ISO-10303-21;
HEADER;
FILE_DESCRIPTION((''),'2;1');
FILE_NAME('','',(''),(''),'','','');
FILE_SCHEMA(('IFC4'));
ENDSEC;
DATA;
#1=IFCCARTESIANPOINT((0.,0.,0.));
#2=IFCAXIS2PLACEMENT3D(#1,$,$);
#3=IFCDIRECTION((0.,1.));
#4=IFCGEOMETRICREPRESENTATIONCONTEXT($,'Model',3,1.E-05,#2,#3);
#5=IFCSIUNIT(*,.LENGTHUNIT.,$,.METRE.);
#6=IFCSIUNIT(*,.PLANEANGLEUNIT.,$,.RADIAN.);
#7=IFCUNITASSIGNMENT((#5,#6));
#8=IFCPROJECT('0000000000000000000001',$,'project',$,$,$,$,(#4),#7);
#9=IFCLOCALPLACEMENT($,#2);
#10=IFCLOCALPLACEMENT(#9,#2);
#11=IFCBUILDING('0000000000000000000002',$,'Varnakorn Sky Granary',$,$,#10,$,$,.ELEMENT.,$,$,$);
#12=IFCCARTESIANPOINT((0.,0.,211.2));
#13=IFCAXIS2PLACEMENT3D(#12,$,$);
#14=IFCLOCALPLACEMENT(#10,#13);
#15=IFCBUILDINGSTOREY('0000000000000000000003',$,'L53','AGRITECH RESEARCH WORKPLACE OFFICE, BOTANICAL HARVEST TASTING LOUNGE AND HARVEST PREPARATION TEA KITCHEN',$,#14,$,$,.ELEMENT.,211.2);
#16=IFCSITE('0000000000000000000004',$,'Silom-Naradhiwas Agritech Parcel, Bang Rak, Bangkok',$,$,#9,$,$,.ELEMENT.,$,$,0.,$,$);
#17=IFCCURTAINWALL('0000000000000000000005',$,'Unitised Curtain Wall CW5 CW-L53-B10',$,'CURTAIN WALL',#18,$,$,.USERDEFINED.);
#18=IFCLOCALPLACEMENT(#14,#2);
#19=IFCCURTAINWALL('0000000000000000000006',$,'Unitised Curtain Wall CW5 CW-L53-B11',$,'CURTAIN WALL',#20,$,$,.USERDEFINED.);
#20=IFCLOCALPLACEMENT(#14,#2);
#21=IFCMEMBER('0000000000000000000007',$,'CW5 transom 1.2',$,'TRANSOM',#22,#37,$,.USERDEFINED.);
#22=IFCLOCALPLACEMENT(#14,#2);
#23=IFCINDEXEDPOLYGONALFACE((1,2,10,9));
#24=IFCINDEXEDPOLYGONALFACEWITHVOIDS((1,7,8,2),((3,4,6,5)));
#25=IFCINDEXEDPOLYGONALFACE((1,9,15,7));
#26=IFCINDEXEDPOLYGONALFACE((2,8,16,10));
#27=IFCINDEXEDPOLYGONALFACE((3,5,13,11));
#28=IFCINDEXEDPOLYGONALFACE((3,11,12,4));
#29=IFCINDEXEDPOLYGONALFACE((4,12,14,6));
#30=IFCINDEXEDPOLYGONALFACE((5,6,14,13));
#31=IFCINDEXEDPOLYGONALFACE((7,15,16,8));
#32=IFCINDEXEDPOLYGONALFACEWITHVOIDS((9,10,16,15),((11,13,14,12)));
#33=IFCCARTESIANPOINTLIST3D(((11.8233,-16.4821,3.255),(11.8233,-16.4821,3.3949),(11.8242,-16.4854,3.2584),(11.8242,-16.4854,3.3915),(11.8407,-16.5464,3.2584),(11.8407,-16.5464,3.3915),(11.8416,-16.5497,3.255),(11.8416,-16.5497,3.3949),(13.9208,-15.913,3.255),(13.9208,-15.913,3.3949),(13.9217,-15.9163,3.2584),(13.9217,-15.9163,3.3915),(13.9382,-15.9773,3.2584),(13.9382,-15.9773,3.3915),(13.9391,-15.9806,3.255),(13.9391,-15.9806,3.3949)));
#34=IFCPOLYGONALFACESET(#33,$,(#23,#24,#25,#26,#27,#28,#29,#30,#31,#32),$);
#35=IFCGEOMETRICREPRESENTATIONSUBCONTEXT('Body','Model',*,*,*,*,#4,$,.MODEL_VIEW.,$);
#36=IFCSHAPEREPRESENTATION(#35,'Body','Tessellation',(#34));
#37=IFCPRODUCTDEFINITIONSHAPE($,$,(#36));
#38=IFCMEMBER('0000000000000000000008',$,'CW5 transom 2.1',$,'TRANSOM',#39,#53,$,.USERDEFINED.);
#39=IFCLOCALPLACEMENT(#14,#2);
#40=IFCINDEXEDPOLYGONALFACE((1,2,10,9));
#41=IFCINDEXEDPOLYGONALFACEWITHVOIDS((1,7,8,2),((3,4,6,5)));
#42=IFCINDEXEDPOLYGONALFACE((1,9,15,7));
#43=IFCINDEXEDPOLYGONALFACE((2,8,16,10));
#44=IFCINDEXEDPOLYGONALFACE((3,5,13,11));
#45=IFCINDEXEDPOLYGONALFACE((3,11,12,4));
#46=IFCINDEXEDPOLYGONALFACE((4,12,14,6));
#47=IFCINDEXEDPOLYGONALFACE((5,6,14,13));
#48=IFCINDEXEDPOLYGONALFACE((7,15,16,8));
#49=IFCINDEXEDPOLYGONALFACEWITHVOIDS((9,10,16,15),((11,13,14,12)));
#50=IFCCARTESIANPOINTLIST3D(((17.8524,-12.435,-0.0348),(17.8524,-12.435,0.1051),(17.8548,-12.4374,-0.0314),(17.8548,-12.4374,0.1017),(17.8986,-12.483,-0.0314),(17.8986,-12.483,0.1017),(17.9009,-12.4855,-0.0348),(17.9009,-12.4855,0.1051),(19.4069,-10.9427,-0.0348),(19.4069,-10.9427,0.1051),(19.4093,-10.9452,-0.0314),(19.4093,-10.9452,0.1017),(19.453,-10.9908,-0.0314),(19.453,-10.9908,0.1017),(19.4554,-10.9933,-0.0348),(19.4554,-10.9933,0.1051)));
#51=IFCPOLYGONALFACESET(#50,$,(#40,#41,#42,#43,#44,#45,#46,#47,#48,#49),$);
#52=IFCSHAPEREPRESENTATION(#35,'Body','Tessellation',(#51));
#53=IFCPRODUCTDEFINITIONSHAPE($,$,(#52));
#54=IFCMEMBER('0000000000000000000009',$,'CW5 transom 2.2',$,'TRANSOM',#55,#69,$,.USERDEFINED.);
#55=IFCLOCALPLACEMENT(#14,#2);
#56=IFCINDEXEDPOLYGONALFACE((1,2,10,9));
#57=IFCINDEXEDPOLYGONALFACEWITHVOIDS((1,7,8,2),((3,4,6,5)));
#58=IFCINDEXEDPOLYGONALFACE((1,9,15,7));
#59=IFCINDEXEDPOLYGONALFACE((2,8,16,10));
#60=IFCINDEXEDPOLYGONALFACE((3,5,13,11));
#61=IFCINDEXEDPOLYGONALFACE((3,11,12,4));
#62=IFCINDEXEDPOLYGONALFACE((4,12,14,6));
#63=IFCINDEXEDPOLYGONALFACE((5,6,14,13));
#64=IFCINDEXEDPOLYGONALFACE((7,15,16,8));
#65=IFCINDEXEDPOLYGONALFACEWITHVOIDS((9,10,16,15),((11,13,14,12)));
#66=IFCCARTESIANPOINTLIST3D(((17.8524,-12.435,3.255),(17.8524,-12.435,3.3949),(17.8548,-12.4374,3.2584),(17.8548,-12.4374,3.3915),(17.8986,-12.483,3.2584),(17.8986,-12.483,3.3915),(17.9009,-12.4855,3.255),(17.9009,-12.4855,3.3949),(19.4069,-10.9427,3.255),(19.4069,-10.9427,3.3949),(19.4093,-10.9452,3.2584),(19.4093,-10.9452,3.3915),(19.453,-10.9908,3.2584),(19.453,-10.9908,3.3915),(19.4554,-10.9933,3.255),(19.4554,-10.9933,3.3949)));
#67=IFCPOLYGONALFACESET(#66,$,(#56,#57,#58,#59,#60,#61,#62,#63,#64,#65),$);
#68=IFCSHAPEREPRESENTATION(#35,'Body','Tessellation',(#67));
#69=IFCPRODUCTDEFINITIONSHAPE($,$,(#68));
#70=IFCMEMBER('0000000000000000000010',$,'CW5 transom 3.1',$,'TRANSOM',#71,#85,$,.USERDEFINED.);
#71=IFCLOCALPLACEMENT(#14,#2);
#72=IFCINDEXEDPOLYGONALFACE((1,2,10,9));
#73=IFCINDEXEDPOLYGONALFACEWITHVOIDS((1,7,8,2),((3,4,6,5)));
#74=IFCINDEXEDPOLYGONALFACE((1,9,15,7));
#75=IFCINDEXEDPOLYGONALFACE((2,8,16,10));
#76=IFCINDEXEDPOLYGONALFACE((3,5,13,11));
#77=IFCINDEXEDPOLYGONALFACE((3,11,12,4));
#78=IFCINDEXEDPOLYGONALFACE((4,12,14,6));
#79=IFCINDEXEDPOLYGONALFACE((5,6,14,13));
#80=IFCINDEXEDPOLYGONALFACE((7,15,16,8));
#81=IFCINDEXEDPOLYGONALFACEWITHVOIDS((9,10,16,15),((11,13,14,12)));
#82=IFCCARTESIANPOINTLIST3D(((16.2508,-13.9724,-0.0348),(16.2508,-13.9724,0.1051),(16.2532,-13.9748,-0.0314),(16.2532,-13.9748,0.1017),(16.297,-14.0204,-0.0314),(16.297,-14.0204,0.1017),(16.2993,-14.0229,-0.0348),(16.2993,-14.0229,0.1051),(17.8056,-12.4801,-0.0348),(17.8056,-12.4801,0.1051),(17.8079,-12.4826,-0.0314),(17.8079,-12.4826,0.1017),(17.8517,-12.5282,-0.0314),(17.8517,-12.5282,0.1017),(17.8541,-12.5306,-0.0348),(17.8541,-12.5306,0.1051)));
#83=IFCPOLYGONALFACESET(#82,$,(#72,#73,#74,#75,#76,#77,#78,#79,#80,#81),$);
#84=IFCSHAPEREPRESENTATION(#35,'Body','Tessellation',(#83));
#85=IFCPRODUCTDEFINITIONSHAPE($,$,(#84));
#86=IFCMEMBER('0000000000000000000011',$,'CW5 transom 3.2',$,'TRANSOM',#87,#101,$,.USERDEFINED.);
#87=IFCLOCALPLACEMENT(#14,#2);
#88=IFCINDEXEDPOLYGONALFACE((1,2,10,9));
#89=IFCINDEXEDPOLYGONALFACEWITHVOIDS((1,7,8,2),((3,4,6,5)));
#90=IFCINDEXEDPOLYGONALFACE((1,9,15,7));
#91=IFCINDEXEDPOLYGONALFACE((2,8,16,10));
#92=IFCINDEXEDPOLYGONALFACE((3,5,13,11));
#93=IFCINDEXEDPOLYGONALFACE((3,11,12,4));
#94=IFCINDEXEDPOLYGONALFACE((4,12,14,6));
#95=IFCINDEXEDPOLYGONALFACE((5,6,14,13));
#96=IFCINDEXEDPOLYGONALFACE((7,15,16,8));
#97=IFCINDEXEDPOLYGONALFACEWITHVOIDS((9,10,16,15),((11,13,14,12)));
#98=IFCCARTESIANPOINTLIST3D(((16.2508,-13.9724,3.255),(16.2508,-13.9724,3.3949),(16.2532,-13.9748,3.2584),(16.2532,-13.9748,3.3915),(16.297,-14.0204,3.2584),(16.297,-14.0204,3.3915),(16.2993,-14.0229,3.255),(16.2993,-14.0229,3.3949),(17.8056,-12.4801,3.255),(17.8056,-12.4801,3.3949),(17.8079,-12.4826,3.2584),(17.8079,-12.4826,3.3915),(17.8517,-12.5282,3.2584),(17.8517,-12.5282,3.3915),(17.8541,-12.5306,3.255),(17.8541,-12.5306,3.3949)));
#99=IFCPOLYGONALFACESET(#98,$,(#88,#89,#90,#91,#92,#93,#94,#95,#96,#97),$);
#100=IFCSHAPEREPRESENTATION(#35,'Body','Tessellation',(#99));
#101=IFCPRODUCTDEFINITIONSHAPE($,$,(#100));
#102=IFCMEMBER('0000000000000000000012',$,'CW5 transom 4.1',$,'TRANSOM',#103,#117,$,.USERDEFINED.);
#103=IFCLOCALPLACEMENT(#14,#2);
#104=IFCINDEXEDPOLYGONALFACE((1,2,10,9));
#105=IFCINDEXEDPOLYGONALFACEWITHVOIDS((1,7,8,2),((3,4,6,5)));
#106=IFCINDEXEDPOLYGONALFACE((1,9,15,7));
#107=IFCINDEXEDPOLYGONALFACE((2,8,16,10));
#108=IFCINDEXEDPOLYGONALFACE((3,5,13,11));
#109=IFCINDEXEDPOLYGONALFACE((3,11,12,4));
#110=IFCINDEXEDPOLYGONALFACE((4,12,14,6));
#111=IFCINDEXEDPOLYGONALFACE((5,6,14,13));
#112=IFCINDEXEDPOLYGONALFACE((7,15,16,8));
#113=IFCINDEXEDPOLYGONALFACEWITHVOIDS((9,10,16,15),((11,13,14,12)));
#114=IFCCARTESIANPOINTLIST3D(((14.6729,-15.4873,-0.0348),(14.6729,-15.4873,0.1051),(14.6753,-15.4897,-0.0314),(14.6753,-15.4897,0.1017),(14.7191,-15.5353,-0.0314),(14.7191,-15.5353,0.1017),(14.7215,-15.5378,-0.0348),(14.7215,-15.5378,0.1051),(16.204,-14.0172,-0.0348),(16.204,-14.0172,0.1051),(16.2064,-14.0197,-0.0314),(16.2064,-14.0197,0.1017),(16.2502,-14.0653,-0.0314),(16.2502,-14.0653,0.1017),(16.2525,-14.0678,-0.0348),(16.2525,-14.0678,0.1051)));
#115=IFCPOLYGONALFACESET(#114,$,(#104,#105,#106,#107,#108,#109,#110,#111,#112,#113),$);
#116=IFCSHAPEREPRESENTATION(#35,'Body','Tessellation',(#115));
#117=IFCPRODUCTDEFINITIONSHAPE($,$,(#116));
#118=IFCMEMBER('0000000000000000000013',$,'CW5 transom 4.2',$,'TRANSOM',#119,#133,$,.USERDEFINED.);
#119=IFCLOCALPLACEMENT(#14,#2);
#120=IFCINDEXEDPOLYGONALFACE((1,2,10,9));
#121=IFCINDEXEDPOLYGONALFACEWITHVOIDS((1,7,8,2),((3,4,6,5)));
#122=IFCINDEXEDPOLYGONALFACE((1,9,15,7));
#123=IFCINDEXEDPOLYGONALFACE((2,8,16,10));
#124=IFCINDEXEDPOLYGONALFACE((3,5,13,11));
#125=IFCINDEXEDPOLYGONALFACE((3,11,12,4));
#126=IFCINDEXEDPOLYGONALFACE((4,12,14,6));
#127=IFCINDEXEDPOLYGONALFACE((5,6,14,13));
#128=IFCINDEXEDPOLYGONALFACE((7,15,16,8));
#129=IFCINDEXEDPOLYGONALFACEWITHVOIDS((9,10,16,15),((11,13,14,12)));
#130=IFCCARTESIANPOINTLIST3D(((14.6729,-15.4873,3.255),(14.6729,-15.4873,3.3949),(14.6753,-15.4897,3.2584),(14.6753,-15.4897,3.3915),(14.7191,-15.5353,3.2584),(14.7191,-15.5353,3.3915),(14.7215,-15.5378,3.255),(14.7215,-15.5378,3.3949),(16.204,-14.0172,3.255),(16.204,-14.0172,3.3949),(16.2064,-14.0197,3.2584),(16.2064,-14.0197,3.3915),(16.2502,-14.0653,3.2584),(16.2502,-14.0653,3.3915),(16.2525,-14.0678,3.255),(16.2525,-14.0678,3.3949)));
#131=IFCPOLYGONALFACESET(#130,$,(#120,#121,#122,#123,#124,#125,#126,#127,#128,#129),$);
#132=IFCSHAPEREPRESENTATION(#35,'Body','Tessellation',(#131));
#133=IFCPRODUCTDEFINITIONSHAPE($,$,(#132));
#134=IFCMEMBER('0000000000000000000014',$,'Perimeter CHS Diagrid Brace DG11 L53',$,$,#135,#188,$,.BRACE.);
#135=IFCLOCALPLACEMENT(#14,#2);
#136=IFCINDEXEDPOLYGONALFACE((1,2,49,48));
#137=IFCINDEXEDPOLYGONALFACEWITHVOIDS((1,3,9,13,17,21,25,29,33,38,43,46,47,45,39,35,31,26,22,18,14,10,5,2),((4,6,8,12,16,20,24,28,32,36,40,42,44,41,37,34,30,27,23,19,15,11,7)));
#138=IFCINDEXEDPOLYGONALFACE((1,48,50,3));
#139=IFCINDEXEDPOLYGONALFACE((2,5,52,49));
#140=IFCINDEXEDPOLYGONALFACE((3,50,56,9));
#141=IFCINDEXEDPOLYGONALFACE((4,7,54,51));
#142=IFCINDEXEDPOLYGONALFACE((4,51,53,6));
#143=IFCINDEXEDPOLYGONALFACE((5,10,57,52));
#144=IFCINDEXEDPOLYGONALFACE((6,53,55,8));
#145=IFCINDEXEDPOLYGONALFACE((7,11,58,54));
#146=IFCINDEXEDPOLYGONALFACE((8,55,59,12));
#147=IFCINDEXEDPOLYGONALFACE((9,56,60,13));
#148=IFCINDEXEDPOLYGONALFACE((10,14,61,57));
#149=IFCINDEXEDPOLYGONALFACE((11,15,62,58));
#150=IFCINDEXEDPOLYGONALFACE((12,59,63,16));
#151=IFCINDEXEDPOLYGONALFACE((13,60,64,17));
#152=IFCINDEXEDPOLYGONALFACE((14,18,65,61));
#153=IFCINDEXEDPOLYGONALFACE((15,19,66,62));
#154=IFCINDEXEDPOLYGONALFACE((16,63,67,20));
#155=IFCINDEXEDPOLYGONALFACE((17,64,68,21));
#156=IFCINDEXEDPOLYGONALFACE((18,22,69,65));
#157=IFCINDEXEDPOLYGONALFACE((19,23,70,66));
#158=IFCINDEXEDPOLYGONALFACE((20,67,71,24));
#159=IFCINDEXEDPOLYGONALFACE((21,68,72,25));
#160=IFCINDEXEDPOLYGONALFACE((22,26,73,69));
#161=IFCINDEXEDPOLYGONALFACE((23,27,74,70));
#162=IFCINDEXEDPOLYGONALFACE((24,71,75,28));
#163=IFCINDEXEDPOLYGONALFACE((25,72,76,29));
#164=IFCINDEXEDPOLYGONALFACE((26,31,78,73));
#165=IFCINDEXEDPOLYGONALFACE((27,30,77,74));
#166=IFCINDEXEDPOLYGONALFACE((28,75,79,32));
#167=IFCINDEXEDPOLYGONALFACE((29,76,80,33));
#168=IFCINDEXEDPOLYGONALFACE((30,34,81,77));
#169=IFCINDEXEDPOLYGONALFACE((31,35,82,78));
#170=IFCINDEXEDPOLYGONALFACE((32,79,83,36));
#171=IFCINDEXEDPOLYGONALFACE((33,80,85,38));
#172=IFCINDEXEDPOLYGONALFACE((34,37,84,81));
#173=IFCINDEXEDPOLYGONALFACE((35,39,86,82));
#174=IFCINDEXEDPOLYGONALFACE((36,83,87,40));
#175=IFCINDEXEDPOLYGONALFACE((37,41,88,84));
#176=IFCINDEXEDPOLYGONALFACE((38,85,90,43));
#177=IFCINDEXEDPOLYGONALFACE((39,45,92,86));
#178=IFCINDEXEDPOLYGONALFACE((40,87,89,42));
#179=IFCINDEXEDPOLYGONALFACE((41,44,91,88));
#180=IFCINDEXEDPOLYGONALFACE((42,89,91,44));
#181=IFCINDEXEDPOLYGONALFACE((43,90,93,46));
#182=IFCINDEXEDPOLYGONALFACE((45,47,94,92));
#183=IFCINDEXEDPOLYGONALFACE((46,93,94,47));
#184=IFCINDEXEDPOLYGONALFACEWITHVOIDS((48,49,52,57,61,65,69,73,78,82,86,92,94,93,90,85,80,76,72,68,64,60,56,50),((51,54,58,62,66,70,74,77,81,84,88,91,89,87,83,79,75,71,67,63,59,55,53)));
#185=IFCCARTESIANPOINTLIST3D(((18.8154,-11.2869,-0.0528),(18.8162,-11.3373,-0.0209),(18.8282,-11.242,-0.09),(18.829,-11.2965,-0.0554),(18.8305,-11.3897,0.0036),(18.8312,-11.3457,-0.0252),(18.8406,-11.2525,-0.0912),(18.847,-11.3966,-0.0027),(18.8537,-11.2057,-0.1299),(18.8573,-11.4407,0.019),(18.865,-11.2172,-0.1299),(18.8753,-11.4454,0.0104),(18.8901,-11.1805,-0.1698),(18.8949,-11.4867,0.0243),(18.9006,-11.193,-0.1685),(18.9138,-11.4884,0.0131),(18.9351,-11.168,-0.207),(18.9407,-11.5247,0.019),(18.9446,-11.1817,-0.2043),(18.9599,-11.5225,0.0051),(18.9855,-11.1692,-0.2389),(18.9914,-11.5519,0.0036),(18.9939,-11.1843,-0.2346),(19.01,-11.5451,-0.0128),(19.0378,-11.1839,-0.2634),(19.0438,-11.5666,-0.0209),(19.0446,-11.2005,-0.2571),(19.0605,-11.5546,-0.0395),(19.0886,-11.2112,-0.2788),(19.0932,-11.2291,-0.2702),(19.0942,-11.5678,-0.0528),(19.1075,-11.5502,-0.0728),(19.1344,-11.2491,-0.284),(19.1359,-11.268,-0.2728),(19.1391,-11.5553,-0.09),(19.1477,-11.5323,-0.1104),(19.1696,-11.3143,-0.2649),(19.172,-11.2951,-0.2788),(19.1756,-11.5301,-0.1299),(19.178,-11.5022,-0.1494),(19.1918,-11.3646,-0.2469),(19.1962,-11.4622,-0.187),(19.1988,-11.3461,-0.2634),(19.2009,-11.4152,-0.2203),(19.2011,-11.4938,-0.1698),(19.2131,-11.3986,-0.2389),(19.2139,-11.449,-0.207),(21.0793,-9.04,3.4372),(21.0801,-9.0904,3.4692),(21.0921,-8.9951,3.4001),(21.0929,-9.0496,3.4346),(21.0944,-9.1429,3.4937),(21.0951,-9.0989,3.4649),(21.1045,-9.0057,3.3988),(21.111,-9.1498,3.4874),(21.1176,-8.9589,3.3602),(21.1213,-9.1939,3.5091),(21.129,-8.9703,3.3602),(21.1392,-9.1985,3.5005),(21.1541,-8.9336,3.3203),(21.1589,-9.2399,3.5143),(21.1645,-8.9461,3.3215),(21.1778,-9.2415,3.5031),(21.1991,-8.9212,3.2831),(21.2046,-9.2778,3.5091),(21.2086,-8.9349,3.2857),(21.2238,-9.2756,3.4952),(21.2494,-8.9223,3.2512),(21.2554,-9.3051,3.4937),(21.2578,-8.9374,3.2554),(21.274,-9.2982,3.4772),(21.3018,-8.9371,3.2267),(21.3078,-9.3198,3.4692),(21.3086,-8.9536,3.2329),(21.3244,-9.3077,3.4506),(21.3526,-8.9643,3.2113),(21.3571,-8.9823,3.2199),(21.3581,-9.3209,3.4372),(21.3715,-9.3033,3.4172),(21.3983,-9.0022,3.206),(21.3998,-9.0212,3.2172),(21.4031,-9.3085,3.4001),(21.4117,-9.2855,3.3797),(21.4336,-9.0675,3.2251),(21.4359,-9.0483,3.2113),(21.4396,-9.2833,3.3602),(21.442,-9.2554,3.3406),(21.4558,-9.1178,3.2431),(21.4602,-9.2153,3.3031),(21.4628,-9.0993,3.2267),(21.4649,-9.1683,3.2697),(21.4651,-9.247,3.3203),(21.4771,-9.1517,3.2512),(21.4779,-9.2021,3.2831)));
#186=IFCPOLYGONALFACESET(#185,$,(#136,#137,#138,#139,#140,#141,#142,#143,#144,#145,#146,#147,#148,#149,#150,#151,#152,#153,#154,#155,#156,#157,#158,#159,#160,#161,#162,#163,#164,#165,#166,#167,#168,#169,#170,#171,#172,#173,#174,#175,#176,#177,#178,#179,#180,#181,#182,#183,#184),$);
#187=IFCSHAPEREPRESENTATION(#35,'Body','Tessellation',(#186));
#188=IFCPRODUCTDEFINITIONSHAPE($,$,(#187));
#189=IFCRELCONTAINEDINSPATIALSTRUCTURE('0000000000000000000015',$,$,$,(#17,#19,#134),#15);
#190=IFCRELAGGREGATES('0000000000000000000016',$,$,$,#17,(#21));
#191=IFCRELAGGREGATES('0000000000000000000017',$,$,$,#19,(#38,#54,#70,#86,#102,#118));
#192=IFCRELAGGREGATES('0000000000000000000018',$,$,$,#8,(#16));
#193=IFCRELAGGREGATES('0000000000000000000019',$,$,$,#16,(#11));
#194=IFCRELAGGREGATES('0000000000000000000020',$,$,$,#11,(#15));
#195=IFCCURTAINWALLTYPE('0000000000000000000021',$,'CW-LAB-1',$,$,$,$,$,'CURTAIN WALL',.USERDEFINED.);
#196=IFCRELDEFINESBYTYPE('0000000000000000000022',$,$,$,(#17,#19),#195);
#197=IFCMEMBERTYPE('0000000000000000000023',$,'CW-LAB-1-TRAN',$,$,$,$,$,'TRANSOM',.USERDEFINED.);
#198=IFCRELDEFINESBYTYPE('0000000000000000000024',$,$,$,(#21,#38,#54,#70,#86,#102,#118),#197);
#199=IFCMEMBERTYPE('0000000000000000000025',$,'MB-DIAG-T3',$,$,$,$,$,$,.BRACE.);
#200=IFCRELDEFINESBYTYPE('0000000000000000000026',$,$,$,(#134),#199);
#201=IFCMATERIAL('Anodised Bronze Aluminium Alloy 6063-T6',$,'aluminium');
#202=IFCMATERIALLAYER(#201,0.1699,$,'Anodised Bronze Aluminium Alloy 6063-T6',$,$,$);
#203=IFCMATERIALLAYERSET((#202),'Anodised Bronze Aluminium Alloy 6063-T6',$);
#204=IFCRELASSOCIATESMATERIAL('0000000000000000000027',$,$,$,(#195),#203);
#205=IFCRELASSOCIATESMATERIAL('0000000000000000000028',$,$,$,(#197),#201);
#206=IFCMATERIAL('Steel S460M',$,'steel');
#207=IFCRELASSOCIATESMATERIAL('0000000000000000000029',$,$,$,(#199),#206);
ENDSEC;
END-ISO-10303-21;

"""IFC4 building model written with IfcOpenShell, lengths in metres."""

from ifc_helpers import new_model, si_unit, direction, frame, origin, origin_2d, place, context, subcontext, project, spatial, hollow_rectangle, hollow_circle, extrude, material, layer, layer_set, material_profile, profile_set, type_object, element, aggregate, save


model = new_model("IFC4")

# Units and contexts
model_context = context("Model", 3, precision=1e-05, world=origin(), true_north=direction((0.0, 1.0)))
body_context = subcontext(model_context, "Body", "Model", "MODEL_VIEW")
ifc_project = project(units=[si_unit("LENGTHUNIT", "METRE"), si_unit("PLANEANGLEUNIT", "RADIAN")], contexts=[model_context])

# Site, building, storey
site_placement = place(None, origin())
site = spatial("IfcSite", under=ifc_project, at=site_placement, Name="Silom-Naradhiwas Agritech Parcel, Bang Rak, Bangkok", CompositionType="ELEMENT", RefElevation=0.0)
building_placement = place(site_placement, origin())
building = spatial("IfcBuilding", under=site, at=building_placement, Name="Varnakorn Sky Granary", CompositionType="ELEMENT")
storey_placement = place(building_placement, frame((0.0, 0.0, 211.2)))
storey = spatial("IfcBuildingStorey", under=building, at=storey_placement, Name="L53", Description="AGRITECH RESEARCH WORKPLACE OFFICE, BOTANICAL HARVEST TASTING LOUNGE AND HARVEST PREPARATION TEA KITCHEN", CompositionType="ELEMENT", Elevation=211.2)

# Shared definitions
ifc_material_1 = material(Name="Steel S460M", Category="steel")

# Curtain wall
ifc_material_2 = material(Name="Anodised Bronze Aluminium Alloy 6063-T6", Category="aluminium")
ifc_layer_1 = layer(ifc_material_2, 0.1699, Name="Anodised Bronze Aluminium Alloy 6063-T6")
ifc_layer_set_1 = layer_set([ifc_layer_1], Name="Anodised Bronze Aluminium Alloy 6063-T6")
curtain_wall_type = type_object("IfcCurtainWallType", Name="CW-LAB-1", ElementType="CURTAIN WALL", PredefinedType="USERDEFINED", material=ifc_layer_set_1)
curtain_wall_1_placement = place(storey_placement, origin())
curtain_wall_1 = element("IfcCurtainWall", 1, at=curtain_wall_1_placement, inside=storey, type_object=curtain_wall_type, Name="Unitised Curtain Wall CW5 CW-L53-B10", ObjectType="CURTAIN WALL", PredefinedType="USERDEFINED")

# Curtain wall
curtain_wall_2_placement = place(storey_placement, origin())
curtain_wall_2 = element("IfcCurtainWall", 2, at=curtain_wall_2_placement, inside=storey, type_object=curtain_wall_type, Name="Unitised Curtain Wall CW5 CW-L53-B11", ObjectType="CURTAIN WALL", PredefinedType="USERDEFINED")

# Members
ifc_material_profile_1 = material_profile(ifc_material_2, hollow_rectangle(XDim=0.0701, YDim=0.1399, WallThickness=0.0034, at=origin_2d()), Name="ALU TRAN 70x140")
ifc_profile_set_1 = profile_set([ifc_material_profile_1], Name="Anodised Bronze Aluminium Alloy 6063-T6")
member_type_1 = type_object("IfcMemberType", Name="CW-LAB-1-TRAN", ElementType="TRANSOM", PredefinedType="USERDEFINED", material=ifc_profile_set_1)
member_1_placement = place(storey_placement, frame((13.9299, -15.9468, 3.325), z_axis=(-0.965105, -0.261862, 0.0), x_axis=(0.261862, -0.965105, 0.0)))
member_1 = element("IfcMember", 3, at=member_1_placement, type_object=member_type_1, Name="CW5 transom 1.2", ObjectType="TRANSOM", PredefinedType="USERDEFINED", context=body_context, shape_type="SweptSolid", body=[
    extrude(hollow_rectangle(XDim=0.0701, YDim=0.1399, WallThickness=0.0034, at=origin_2d()), origin(), (0.0, 0.0, 1.0), 2.1733),
])
aggregate(curtain_wall_1, [member_1])
member_2_placement = place(storey_placement, frame((19.4312, -10.968, 0.0352), z_axis=(-0.721405, -0.692513, 0.0), x_axis=(0.692513, -0.721405, 0.0)))
member_2 = element("IfcMember", 4, at=member_2_placement, type_object=member_type_1, Name="CW5 transom 2.1", ObjectType="TRANSOM", PredefinedType="USERDEFINED", context=body_context, shape_type="SweptSolid", body=[
    extrude(hollow_rectangle(XDim=0.0701, YDim=0.1399, WallThickness=0.0034, at=origin_2d()), origin(), (0.0, 0.0, 1.0), 2.1548),
])
member_3_placement = place(storey_placement, frame((19.4312, -10.968, 3.325), z_axis=(-0.721405, -0.692513, 0.0), x_axis=(0.692513, -0.721405, 0.0)))
member_3 = element("IfcMember", 5, at=member_3_placement, type_object=member_type_1, Name="CW5 transom 2.2", ObjectType="TRANSOM", PredefinedType="USERDEFINED", context=body_context, shape_type="SweptSolid", body=[
    extrude(hollow_rectangle(XDim=0.0701, YDim=0.1399, WallThickness=0.0034, at=origin_2d()), origin(), (0.0, 0.0, 1.0), 2.1548),
])
member_4_placement = place(storey_placement, frame((17.8298, -12.5054, 0.0352), z_axis=(-0.72146, -0.692456, 0.0), x_axis=(0.692456, -0.72146, 0.0)))
member_4 = element("IfcMember", 6, at=member_4_placement, type_object=member_type_1, Name="CW5 transom 3.1", ObjectType="TRANSOM", PredefinedType="USERDEFINED", context=body_context, shape_type="SweptSolid", body=[
    extrude(hollow_rectangle(XDim=0.0701, YDim=0.1399, WallThickness=0.0034, at=origin_2d()), origin(), (0.0, 0.0, 1.0), 2.155),
])
member_5_placement = place(storey_placement, frame((17.8298, -12.5054, 3.325), z_axis=(-0.72146, -0.692456, 0.0), x_axis=(0.692456, -0.72146, 0.0)))
member_5 = element("IfcMember", 7, at=member_5_placement, type_object=member_type_1, Name="CW5 transom 3.2", ObjectType="TRANSOM", PredefinedType="USERDEFINED", context=body_context, shape_type="SweptSolid", body=[
    extrude(hollow_rectangle(XDim=0.0701, YDim=0.1399, WallThickness=0.0034, at=origin_2d()), origin(), (0.0, 0.0, 1.0), 2.155),
])
member_6_placement = place(storey_placement, frame((16.2283, -14.0425, 0.0352), z_axis=(-0.721339, -0.692582, 0.0), x_axis=(0.692582, -0.721339, 0.0)))
member_6 = element("IfcMember", 8, at=member_6_placement, type_object=member_type_1, Name="CW5 transom 4.1", ObjectType="TRANSOM", PredefinedType="USERDEFINED", context=body_context, shape_type="SweptSolid", body=[
    extrude(hollow_rectangle(XDim=0.0701, YDim=0.1399, WallThickness=0.0034, at=origin_2d()), origin(), (0.0, 0.0, 1.0), 2.1226),
])
member_7_placement = place(storey_placement, frame((16.2283, -14.0425, 3.325), z_axis=(-0.721339, -0.692582, 0.0), x_axis=(0.692582, -0.721339, 0.0)))
member_7 = element("IfcMember", 9, at=member_7_placement, type_object=member_type_1, Name="CW5 transom 4.2", ObjectType="TRANSOM", PredefinedType="USERDEFINED", context=body_context, shape_type="SweptSolid", body=[
    extrude(hollow_rectangle(XDim=0.0701, YDim=0.1399, WallThickness=0.0034, at=origin_2d()), origin(), (0.0, 0.0, 1.0), 2.1226),
])
ifc_material_profile_2 = material_profile(ifc_material_1, hollow_circle(Radius=0.2285, WallThickness=0.0161, at=origin_2d()), Name="CHS 457x16")
ifc_profile_set_2 = profile_set([ifc_material_profile_2], Name="Steel S460M")
member_type_2 = type_object("IfcMemberType", Name="MB-DIAG-T3", PredefinedType="BRACE", material=ifc_profile_set_2)
member_8_placement = place(storey_placement, frame((19.0146, -11.3679, -0.1299), z_axis=(0.478836, 0.475221, 0.73816), x_axis=(-0.704423, 0.709781, 0.0)))
element("IfcMember", 10, at=member_8_placement, inside=storey, type_object=member_type_2, Name="Perimeter CHS Diagrid Brace DG11 L53", PredefinedType="BRACE", context=body_context, shape_type="SweptSolid", body=[
    extrude(hollow_circle(Radius=0.2285, WallThickness=0.0161, at=origin_2d()), origin(), (0.0, 0.0, 1.0), 4.728),
])

aggregate(curtain_wall_2, [member_2, member_3, member_4, member_5, member_6, member_7])

save(model, "model.ifc")
